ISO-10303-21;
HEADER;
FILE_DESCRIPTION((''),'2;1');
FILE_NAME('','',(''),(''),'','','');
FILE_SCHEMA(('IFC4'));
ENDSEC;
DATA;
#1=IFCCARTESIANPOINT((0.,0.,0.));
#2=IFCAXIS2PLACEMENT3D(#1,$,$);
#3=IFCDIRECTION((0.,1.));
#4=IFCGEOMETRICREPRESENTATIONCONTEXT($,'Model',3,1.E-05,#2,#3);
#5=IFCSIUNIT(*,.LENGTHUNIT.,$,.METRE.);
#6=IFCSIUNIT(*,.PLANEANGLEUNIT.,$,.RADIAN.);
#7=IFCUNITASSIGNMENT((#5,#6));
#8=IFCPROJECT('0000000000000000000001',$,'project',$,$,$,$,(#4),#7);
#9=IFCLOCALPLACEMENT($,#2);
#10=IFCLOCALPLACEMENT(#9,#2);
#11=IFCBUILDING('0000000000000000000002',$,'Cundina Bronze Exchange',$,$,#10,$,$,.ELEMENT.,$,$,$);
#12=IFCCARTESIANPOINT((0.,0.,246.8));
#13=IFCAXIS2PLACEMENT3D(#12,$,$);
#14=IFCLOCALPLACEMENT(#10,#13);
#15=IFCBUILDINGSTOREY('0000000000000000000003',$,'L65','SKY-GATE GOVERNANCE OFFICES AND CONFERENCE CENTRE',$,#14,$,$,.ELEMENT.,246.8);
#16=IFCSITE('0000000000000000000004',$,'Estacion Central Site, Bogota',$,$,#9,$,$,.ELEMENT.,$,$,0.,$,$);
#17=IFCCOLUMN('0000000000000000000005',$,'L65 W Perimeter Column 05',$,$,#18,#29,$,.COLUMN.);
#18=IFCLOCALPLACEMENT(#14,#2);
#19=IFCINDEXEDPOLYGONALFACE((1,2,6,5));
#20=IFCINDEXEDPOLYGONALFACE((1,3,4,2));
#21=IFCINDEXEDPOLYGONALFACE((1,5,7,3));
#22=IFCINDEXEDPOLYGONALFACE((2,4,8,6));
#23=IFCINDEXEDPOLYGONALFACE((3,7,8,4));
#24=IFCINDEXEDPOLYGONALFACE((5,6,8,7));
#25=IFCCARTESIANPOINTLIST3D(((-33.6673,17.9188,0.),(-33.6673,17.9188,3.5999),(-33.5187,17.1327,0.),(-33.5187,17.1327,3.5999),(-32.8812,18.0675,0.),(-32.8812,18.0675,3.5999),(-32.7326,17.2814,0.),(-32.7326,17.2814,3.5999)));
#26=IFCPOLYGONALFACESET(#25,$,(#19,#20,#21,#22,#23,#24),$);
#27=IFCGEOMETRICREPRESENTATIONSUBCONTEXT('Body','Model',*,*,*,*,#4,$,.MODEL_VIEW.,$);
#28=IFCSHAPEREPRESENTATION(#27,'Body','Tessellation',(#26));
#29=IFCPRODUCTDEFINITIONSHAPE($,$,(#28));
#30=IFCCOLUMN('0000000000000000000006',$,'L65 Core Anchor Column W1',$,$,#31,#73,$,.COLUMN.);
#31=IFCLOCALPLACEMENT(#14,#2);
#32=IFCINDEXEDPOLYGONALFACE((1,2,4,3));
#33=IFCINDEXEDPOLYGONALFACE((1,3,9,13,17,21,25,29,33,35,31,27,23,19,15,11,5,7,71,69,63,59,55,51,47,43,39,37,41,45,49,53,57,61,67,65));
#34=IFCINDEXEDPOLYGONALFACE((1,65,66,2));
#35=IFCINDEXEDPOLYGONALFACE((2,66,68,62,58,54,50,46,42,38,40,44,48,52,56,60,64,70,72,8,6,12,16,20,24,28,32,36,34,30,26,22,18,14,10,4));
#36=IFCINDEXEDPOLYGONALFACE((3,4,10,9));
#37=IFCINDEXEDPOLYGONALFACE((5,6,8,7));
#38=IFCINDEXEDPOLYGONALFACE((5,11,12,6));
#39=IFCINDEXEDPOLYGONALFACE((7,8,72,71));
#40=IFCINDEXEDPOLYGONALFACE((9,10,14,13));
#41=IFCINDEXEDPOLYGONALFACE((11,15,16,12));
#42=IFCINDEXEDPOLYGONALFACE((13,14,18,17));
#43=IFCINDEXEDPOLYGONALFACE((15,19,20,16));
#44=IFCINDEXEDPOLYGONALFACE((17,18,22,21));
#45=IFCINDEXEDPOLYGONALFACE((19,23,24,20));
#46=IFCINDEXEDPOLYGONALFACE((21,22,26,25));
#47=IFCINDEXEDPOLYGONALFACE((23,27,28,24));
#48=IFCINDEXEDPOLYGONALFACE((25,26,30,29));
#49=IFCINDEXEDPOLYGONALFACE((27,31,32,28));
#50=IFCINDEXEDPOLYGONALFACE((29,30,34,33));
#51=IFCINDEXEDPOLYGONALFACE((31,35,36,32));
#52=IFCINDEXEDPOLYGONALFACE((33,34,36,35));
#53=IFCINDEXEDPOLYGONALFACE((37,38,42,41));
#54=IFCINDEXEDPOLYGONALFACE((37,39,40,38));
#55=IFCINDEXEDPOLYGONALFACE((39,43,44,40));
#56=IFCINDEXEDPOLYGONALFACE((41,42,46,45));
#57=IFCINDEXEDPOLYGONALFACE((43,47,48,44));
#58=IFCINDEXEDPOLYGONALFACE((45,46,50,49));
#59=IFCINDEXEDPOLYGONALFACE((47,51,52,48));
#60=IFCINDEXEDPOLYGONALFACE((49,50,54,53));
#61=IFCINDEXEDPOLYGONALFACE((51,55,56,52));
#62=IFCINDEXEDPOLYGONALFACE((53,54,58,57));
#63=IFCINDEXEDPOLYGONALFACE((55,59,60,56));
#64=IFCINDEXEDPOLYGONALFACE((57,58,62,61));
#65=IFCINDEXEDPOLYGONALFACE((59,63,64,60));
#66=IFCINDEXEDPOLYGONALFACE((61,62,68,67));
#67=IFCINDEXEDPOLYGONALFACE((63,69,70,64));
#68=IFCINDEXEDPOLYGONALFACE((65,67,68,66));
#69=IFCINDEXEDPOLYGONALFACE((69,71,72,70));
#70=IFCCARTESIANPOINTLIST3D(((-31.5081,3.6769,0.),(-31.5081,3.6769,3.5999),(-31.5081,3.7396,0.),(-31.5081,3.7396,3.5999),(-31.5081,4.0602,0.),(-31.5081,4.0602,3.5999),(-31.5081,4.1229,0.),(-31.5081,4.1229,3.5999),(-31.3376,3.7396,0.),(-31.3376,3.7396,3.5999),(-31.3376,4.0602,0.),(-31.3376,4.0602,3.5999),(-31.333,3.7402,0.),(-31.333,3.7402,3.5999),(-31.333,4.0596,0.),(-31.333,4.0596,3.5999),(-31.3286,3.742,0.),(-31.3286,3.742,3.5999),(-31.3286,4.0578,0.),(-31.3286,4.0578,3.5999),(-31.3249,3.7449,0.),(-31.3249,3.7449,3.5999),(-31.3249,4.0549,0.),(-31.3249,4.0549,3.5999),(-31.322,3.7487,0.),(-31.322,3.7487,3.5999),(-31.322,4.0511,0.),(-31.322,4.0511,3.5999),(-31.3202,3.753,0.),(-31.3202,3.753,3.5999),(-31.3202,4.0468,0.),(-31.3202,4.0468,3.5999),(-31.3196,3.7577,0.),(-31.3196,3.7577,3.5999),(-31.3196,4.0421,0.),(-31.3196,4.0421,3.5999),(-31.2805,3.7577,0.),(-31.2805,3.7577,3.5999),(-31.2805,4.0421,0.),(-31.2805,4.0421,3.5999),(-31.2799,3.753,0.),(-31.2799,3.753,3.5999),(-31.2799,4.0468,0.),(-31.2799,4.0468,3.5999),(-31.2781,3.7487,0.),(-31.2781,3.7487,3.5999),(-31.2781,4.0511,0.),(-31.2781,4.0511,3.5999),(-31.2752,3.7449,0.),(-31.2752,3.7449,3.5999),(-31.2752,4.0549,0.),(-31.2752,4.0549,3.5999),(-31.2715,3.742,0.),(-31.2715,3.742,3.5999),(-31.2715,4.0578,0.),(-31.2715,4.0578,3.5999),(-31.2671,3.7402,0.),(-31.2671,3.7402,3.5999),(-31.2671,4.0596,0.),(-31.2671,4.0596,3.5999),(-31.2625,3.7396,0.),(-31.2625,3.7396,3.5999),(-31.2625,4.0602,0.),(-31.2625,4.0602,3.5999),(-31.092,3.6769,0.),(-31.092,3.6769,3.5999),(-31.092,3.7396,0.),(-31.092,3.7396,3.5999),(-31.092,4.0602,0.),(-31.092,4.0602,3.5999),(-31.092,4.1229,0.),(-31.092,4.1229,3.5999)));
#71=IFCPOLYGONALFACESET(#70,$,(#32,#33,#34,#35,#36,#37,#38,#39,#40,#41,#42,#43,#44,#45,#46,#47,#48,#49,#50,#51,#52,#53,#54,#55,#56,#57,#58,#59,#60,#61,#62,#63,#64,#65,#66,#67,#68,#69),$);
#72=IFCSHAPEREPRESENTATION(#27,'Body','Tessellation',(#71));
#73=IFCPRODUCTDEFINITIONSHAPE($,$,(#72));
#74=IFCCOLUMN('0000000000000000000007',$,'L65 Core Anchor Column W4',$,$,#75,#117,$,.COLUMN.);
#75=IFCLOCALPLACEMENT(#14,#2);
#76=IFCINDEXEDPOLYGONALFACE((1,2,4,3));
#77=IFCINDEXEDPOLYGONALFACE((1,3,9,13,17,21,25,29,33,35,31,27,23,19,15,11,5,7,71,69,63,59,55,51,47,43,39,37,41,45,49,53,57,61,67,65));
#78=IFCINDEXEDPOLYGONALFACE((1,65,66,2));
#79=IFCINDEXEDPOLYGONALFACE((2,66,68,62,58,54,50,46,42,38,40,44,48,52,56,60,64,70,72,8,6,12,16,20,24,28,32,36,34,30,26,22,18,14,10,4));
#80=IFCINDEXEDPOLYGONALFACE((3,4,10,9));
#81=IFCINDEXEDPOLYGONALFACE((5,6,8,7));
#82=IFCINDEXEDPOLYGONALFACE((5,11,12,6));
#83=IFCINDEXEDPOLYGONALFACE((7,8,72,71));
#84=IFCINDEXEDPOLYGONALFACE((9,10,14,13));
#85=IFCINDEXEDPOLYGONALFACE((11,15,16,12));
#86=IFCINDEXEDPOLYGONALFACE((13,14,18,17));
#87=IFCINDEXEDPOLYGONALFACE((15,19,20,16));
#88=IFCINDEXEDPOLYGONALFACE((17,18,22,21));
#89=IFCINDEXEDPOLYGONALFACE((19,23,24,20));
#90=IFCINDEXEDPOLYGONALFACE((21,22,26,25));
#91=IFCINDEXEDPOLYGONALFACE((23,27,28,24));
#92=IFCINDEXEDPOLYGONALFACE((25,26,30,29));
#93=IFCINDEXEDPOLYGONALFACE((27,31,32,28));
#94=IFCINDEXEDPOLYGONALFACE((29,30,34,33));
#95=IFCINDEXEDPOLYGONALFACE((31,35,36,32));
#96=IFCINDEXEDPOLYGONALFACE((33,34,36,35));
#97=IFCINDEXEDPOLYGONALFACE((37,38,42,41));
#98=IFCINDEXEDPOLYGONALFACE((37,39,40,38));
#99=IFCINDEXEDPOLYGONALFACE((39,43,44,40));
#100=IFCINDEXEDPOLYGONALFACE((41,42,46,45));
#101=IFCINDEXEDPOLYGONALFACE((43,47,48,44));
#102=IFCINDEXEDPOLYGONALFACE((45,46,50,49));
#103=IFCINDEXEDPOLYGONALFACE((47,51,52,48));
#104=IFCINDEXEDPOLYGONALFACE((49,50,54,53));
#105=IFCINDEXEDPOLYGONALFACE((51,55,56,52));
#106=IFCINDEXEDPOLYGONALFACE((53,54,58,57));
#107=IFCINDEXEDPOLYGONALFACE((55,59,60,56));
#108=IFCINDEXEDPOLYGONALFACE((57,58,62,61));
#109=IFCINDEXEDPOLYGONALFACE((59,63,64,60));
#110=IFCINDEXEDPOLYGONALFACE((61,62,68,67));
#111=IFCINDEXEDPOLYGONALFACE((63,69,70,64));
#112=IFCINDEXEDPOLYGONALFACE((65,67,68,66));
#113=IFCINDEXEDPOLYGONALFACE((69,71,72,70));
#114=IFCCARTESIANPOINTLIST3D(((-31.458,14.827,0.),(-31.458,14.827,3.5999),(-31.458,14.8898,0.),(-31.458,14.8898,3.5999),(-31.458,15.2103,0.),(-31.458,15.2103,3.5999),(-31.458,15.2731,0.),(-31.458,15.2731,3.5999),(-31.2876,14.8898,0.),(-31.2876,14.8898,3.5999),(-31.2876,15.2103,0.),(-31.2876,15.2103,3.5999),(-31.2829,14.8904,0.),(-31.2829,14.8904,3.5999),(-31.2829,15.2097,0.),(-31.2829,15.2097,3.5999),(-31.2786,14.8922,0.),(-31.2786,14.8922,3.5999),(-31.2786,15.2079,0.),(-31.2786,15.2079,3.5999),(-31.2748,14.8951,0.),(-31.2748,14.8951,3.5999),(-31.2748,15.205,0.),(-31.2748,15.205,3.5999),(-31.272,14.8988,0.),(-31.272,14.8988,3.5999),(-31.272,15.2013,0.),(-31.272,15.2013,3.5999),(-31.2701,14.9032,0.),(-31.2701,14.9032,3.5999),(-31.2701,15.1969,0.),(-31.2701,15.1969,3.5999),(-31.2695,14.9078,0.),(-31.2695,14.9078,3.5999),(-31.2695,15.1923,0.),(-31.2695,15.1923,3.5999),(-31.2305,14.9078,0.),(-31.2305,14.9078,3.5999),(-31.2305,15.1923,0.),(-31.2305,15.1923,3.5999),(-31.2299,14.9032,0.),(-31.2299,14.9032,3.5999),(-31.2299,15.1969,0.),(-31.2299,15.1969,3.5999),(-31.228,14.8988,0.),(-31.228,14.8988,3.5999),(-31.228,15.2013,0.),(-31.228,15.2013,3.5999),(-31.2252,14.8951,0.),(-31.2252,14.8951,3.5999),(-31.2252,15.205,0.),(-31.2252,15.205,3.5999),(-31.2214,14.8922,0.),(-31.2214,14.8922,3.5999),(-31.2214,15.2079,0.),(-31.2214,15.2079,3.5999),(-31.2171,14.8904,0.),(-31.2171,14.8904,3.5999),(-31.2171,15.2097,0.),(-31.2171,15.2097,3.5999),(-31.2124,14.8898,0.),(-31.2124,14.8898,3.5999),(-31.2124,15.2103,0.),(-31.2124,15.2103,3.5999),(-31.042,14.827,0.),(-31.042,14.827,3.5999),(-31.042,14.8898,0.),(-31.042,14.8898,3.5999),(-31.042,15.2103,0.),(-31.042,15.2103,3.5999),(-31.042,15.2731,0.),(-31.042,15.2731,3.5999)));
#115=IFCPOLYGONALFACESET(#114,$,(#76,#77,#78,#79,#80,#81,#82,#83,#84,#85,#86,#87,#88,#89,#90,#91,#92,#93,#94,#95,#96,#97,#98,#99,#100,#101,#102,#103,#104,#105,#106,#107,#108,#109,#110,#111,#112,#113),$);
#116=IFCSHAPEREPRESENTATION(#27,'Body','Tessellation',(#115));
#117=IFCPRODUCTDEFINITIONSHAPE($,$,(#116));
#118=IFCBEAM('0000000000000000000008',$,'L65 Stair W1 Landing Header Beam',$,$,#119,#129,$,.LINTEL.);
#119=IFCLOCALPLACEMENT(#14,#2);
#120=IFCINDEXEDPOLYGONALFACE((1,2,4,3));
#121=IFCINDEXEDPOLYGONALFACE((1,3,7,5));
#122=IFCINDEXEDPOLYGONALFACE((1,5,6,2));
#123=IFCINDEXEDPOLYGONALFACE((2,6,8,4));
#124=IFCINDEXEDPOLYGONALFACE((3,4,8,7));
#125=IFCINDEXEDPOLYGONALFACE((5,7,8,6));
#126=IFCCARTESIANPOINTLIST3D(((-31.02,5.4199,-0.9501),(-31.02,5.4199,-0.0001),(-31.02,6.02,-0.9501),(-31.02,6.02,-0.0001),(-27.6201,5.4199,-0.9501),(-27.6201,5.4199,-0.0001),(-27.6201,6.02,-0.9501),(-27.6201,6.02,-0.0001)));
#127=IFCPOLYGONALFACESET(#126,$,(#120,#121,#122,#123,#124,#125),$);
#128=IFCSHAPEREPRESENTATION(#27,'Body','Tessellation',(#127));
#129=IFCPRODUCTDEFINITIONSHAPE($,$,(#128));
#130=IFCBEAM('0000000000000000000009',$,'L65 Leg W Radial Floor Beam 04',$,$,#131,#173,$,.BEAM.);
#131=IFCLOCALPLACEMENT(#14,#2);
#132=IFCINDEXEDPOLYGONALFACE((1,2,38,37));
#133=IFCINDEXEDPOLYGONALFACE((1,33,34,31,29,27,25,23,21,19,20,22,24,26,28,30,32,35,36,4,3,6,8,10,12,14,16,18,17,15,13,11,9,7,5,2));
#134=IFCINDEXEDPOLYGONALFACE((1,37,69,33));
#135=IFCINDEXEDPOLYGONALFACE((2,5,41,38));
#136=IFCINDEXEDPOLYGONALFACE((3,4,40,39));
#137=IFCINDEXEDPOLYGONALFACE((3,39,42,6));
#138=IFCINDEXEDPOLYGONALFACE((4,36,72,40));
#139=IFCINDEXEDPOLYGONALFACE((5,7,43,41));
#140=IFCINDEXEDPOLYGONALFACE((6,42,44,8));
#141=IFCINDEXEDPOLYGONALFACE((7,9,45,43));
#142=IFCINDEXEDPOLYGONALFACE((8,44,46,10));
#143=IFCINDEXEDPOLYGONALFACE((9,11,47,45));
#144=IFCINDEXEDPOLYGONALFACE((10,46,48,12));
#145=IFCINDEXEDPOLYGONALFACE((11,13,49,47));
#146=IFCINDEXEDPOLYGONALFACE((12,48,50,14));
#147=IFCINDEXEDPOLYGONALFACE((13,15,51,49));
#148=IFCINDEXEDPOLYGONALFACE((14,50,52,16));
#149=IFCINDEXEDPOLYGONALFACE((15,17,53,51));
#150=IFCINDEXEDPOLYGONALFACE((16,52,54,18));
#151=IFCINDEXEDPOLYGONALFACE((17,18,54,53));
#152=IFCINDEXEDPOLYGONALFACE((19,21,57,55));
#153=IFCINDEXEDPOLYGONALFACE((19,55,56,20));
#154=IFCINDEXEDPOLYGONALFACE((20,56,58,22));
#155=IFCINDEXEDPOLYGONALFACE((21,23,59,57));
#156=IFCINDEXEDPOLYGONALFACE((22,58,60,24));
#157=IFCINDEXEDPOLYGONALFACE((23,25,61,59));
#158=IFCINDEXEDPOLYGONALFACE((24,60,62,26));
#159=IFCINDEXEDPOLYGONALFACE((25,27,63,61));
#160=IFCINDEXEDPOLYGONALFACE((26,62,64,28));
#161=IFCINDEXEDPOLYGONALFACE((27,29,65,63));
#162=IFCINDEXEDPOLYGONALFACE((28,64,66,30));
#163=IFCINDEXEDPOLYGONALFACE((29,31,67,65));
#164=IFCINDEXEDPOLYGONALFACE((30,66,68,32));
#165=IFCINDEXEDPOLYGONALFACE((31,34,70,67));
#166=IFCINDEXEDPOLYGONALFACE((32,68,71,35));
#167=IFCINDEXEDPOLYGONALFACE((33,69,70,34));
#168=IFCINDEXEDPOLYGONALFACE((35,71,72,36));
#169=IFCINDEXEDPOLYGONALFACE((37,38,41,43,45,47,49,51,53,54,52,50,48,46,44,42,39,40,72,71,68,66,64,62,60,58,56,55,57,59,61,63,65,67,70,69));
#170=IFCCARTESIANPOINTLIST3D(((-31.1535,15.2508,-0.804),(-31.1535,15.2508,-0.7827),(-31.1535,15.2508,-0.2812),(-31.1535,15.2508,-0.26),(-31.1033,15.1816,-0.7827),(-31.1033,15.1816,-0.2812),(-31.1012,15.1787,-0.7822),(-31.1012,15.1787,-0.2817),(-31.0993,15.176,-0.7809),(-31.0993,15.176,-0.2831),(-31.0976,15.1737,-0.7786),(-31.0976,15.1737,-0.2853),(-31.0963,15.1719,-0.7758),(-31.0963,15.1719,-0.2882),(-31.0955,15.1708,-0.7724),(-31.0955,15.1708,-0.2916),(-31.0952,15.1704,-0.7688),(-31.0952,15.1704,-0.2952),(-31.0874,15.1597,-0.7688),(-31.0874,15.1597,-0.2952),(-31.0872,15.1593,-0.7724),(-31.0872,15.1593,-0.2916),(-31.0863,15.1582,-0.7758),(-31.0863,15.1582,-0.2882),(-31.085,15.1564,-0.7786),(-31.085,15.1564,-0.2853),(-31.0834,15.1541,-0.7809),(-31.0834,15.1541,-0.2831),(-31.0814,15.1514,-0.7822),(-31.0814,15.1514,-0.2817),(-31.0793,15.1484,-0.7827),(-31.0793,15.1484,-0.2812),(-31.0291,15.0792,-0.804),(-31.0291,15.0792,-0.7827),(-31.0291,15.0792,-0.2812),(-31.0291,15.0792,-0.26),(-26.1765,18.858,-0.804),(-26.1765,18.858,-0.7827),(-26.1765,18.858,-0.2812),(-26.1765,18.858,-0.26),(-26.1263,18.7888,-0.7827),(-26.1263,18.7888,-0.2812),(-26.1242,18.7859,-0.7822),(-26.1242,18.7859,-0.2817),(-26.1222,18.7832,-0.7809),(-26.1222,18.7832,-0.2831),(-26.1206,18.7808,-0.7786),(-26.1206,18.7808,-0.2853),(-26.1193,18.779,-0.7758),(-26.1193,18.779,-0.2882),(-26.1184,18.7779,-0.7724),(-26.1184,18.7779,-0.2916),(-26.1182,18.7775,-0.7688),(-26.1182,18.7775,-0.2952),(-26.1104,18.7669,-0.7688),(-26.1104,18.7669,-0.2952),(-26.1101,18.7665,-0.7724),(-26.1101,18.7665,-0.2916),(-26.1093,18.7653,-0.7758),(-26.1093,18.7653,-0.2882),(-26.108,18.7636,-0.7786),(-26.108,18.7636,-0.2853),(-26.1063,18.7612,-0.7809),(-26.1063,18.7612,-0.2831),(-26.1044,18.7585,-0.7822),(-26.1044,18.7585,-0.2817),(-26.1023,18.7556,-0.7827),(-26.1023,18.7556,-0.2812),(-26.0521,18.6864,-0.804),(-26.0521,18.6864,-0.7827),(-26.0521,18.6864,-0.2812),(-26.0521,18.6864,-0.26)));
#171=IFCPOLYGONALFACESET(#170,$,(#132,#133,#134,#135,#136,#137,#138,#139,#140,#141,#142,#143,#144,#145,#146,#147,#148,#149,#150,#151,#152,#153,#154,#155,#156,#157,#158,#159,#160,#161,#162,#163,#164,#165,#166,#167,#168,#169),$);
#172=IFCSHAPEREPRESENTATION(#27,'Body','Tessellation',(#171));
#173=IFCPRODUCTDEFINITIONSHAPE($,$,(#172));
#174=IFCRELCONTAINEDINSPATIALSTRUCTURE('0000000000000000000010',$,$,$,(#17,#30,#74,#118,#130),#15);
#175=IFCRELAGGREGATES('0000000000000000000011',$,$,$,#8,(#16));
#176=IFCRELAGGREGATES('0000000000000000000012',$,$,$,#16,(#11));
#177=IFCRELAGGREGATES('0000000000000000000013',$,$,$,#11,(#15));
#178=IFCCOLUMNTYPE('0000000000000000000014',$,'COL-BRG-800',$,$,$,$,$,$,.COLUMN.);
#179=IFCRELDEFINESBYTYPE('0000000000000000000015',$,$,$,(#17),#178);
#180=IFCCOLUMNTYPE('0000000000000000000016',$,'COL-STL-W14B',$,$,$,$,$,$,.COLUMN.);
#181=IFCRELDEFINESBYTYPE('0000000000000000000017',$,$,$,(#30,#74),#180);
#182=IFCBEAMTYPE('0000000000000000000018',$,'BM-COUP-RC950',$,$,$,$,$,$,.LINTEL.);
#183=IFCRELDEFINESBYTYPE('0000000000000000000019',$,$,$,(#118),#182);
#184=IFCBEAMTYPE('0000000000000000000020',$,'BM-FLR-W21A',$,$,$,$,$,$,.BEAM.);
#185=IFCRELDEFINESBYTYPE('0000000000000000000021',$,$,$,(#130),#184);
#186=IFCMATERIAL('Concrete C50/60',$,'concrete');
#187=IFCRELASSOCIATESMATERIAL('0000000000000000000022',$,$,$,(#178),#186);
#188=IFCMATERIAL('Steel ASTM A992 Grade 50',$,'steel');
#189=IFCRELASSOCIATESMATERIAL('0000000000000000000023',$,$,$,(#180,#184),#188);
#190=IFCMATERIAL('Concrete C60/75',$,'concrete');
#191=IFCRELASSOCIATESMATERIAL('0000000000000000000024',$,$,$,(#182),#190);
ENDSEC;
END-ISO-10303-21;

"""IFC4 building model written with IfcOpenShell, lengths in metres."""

from ifc_helpers import new_model, si_unit, direction, frame, origin, origin_2d, place, context, subcontext, project, spatial, rectangle, i_section, extrude, material, material_profile, profile_set, type_object, element, save


model = new_model("IFC4")

# Units and contexts
model_context = context("Model", 3, precision=1e-05, world=origin(), true_north=direction((0.0, 1.0)))
body_context = subcontext(model_context, "Body", "Model", "MODEL_VIEW")
ifc_project = project(units=[si_unit("LENGTHUNIT", "METRE"), si_unit("PLANEANGLEUNIT", "RADIAN")], contexts=[model_context])

# Site, building, storey
site_placement = place(None, origin())
site = spatial("IfcSite", under=ifc_project, at=site_placement, Name="Estacion Central Site, Bogota", CompositionType="ELEMENT", RefElevation=0.0)
building_placement = place(site_placement, origin())
building = spatial("IfcBuilding", under=site, at=building_placement, Name="Cundina Bronze Exchange", CompositionType="ELEMENT")
storey_placement = place(building_placement, frame((0.0, 0.0, 246.8)))
storey = spatial("IfcBuildingStorey", under=building, at=storey_placement, Name="L65", Description="SKY-GATE GOVERNANCE OFFICES AND CONFERENCE CENTRE", CompositionType="ELEMENT", Elevation=246.8)

# Columns
ifc_material_1 = material(Name="Concrete C50/60", Category="concrete")
ifc_material_profile_1 = material_profile(ifc_material_1, rectangle(XDim=0.8, YDim=0.8, at=origin_2d()), Name="RC800X800", Category="concrete")
ifc_profile_set_1 = profile_set([ifc_material_profile_1], Name="Concrete C50/60")
column_type_1 = type_object("IfcColumnType", Name="COL-BRG-800", PredefinedType="COLUMN", material=ifc_profile_set_1)
column_placement = place(storey_placement, frame((-33.2, 17.6001, 0.0), z_axis=(0.0, 0.0, 1.0), x_axis=(-0.98258, -0.185838, 0.0)))
element("IfcColumn", 1, at=column_placement, inside=storey, type_object=column_type_1, Name="L65 W Perimeter Column 05", PredefinedType="COLUMN", context=body_context, shape_type="SweptSolid", body=[
    extrude(rectangle(XDim=0.8, YDim=0.8, at=origin_2d()), origin(), (0.0, 0.0, 1.0), 3.5999),
])
ifc_material_2 = material(Name="Steel ASTM A992 Grade 50", Category="steel")
ifc_material_profile_2 = material_profile(ifc_material_2, i_section(OverallWidth=0.416, OverallDepth=0.446, WebThickness=0.0391, FlangeThickness=0.0627, FilletRadius=0.0181, at=origin_2d()), Name="W14X342", Category="steel")
ifc_profile_set_2 = profile_set([ifc_material_profile_2], Name="Steel ASTM A992 Grade 50")
column_type_2 = type_object("IfcColumnType", Name="COL-STL-W14B", PredefinedType="COLUMN", material=ifc_profile_set_2)
for number, where, z_axis, x_axis, name in (
    (2, (-31.3, 3.8999, 0.0), (0.0, 0.0, 1.0), (1.0, 0.0, 0.0), "L65 Core Anchor Column W1"),
    (3, (-31.25, 15.05, 0.0), (0.0, 0.0, 1.0), (1.0, 0.0, 0.0), "L65 Core Anchor Column W4"),
):
    element("IfcColumn", number, at=place(storey_placement, frame(where, z_axis=z_axis, x_axis=x_axis)), inside=storey, type_object=column_type_2, Name=name, PredefinedType="COLUMN", context=body_context, shape_type="SweptSolid", body=[
        extrude(i_section(OverallWidth=0.416, OverallDepth=0.446, WebThickness=0.0391, FlangeThickness=0.0627, FilletRadius=0.0181, at=origin_2d()), origin(), (0.0, 0.0, 1.0), 3.5999),
    ])

# Beams
ifc_material_3 = material(Name="Concrete C60/75", Category="concrete")
ifc_material_profile_3 = material_profile(ifc_material_3, rectangle(XDim=0.6001, YDim=0.95, at=origin_2d()), Name="RC600X950", Category="concrete")
ifc_profile_set_3 = profile_set([ifc_material_profile_3], Name="Concrete C60/75")
beam_type_1 = type_object("IfcBeamType", Name="BM-COUP-RC950", PredefinedType="LINTEL", material=ifc_profile_set_3)
beam_1_placement = place(storey_placement, frame((-31.02, 5.72, -0.4751), z_axis=(1.0, 0.0, 0.0), x_axis=(0.0, 1.0, 0.0)))
element("IfcBeam", 4, at=beam_1_placement, inside=storey, type_object=beam_type_1, Name="L65 Stair W1 Landing Header Beam", PredefinedType="LINTEL", context=body_context, shape_type="SweptSolid", body=[
    extrude(rectangle(XDim=0.6001, YDim=0.95, at=origin_2d()), origin(), (0.0, 0.0, 1.0), 3.3999),
])
ifc_material_profile_4 = material_profile(ifc_material_2, i_section(OverallWidth=0.2119, OverallDepth=0.5439, WebThickness=0.0132, FlangeThickness=0.0212, FilletRadius=0.0139, at=origin_2d()), Name="W21X83", Category="steel")
ifc_profile_set_4 = profile_set([ifc_material_profile_4], Name="Steel ASTM A992 Grade 50")
beam_type_2 = type_object("IfcBeamType", Name="BM-FLR-W21A", PredefinedType="BEAM", material=ifc_profile_set_4)
beam_2_placement = place(storey_placement, frame((-31.0913, 15.165, -0.532), z_axis=(0.809702, 0.586841, 0.0), x_axis=(-0.586841, 0.809702, 0.0)))
element("IfcBeam", 5, at=beam_2_placement, inside=storey, type_object=beam_type_2, Name="L65 Leg W Radial Floor Beam 04", PredefinedType="BEAM", context=body_context, shape_type="SweptSolid", body=[
    extrude(i_section(OverallWidth=0.2119, OverallDepth=0.5439, WebThickness=0.0132, FlangeThickness=0.0212, FilletRadius=0.0139, at=origin_2d()), origin(), (0.0, 0.0, 1.0), 6.1467),
])

save(model, "model.ifc")
